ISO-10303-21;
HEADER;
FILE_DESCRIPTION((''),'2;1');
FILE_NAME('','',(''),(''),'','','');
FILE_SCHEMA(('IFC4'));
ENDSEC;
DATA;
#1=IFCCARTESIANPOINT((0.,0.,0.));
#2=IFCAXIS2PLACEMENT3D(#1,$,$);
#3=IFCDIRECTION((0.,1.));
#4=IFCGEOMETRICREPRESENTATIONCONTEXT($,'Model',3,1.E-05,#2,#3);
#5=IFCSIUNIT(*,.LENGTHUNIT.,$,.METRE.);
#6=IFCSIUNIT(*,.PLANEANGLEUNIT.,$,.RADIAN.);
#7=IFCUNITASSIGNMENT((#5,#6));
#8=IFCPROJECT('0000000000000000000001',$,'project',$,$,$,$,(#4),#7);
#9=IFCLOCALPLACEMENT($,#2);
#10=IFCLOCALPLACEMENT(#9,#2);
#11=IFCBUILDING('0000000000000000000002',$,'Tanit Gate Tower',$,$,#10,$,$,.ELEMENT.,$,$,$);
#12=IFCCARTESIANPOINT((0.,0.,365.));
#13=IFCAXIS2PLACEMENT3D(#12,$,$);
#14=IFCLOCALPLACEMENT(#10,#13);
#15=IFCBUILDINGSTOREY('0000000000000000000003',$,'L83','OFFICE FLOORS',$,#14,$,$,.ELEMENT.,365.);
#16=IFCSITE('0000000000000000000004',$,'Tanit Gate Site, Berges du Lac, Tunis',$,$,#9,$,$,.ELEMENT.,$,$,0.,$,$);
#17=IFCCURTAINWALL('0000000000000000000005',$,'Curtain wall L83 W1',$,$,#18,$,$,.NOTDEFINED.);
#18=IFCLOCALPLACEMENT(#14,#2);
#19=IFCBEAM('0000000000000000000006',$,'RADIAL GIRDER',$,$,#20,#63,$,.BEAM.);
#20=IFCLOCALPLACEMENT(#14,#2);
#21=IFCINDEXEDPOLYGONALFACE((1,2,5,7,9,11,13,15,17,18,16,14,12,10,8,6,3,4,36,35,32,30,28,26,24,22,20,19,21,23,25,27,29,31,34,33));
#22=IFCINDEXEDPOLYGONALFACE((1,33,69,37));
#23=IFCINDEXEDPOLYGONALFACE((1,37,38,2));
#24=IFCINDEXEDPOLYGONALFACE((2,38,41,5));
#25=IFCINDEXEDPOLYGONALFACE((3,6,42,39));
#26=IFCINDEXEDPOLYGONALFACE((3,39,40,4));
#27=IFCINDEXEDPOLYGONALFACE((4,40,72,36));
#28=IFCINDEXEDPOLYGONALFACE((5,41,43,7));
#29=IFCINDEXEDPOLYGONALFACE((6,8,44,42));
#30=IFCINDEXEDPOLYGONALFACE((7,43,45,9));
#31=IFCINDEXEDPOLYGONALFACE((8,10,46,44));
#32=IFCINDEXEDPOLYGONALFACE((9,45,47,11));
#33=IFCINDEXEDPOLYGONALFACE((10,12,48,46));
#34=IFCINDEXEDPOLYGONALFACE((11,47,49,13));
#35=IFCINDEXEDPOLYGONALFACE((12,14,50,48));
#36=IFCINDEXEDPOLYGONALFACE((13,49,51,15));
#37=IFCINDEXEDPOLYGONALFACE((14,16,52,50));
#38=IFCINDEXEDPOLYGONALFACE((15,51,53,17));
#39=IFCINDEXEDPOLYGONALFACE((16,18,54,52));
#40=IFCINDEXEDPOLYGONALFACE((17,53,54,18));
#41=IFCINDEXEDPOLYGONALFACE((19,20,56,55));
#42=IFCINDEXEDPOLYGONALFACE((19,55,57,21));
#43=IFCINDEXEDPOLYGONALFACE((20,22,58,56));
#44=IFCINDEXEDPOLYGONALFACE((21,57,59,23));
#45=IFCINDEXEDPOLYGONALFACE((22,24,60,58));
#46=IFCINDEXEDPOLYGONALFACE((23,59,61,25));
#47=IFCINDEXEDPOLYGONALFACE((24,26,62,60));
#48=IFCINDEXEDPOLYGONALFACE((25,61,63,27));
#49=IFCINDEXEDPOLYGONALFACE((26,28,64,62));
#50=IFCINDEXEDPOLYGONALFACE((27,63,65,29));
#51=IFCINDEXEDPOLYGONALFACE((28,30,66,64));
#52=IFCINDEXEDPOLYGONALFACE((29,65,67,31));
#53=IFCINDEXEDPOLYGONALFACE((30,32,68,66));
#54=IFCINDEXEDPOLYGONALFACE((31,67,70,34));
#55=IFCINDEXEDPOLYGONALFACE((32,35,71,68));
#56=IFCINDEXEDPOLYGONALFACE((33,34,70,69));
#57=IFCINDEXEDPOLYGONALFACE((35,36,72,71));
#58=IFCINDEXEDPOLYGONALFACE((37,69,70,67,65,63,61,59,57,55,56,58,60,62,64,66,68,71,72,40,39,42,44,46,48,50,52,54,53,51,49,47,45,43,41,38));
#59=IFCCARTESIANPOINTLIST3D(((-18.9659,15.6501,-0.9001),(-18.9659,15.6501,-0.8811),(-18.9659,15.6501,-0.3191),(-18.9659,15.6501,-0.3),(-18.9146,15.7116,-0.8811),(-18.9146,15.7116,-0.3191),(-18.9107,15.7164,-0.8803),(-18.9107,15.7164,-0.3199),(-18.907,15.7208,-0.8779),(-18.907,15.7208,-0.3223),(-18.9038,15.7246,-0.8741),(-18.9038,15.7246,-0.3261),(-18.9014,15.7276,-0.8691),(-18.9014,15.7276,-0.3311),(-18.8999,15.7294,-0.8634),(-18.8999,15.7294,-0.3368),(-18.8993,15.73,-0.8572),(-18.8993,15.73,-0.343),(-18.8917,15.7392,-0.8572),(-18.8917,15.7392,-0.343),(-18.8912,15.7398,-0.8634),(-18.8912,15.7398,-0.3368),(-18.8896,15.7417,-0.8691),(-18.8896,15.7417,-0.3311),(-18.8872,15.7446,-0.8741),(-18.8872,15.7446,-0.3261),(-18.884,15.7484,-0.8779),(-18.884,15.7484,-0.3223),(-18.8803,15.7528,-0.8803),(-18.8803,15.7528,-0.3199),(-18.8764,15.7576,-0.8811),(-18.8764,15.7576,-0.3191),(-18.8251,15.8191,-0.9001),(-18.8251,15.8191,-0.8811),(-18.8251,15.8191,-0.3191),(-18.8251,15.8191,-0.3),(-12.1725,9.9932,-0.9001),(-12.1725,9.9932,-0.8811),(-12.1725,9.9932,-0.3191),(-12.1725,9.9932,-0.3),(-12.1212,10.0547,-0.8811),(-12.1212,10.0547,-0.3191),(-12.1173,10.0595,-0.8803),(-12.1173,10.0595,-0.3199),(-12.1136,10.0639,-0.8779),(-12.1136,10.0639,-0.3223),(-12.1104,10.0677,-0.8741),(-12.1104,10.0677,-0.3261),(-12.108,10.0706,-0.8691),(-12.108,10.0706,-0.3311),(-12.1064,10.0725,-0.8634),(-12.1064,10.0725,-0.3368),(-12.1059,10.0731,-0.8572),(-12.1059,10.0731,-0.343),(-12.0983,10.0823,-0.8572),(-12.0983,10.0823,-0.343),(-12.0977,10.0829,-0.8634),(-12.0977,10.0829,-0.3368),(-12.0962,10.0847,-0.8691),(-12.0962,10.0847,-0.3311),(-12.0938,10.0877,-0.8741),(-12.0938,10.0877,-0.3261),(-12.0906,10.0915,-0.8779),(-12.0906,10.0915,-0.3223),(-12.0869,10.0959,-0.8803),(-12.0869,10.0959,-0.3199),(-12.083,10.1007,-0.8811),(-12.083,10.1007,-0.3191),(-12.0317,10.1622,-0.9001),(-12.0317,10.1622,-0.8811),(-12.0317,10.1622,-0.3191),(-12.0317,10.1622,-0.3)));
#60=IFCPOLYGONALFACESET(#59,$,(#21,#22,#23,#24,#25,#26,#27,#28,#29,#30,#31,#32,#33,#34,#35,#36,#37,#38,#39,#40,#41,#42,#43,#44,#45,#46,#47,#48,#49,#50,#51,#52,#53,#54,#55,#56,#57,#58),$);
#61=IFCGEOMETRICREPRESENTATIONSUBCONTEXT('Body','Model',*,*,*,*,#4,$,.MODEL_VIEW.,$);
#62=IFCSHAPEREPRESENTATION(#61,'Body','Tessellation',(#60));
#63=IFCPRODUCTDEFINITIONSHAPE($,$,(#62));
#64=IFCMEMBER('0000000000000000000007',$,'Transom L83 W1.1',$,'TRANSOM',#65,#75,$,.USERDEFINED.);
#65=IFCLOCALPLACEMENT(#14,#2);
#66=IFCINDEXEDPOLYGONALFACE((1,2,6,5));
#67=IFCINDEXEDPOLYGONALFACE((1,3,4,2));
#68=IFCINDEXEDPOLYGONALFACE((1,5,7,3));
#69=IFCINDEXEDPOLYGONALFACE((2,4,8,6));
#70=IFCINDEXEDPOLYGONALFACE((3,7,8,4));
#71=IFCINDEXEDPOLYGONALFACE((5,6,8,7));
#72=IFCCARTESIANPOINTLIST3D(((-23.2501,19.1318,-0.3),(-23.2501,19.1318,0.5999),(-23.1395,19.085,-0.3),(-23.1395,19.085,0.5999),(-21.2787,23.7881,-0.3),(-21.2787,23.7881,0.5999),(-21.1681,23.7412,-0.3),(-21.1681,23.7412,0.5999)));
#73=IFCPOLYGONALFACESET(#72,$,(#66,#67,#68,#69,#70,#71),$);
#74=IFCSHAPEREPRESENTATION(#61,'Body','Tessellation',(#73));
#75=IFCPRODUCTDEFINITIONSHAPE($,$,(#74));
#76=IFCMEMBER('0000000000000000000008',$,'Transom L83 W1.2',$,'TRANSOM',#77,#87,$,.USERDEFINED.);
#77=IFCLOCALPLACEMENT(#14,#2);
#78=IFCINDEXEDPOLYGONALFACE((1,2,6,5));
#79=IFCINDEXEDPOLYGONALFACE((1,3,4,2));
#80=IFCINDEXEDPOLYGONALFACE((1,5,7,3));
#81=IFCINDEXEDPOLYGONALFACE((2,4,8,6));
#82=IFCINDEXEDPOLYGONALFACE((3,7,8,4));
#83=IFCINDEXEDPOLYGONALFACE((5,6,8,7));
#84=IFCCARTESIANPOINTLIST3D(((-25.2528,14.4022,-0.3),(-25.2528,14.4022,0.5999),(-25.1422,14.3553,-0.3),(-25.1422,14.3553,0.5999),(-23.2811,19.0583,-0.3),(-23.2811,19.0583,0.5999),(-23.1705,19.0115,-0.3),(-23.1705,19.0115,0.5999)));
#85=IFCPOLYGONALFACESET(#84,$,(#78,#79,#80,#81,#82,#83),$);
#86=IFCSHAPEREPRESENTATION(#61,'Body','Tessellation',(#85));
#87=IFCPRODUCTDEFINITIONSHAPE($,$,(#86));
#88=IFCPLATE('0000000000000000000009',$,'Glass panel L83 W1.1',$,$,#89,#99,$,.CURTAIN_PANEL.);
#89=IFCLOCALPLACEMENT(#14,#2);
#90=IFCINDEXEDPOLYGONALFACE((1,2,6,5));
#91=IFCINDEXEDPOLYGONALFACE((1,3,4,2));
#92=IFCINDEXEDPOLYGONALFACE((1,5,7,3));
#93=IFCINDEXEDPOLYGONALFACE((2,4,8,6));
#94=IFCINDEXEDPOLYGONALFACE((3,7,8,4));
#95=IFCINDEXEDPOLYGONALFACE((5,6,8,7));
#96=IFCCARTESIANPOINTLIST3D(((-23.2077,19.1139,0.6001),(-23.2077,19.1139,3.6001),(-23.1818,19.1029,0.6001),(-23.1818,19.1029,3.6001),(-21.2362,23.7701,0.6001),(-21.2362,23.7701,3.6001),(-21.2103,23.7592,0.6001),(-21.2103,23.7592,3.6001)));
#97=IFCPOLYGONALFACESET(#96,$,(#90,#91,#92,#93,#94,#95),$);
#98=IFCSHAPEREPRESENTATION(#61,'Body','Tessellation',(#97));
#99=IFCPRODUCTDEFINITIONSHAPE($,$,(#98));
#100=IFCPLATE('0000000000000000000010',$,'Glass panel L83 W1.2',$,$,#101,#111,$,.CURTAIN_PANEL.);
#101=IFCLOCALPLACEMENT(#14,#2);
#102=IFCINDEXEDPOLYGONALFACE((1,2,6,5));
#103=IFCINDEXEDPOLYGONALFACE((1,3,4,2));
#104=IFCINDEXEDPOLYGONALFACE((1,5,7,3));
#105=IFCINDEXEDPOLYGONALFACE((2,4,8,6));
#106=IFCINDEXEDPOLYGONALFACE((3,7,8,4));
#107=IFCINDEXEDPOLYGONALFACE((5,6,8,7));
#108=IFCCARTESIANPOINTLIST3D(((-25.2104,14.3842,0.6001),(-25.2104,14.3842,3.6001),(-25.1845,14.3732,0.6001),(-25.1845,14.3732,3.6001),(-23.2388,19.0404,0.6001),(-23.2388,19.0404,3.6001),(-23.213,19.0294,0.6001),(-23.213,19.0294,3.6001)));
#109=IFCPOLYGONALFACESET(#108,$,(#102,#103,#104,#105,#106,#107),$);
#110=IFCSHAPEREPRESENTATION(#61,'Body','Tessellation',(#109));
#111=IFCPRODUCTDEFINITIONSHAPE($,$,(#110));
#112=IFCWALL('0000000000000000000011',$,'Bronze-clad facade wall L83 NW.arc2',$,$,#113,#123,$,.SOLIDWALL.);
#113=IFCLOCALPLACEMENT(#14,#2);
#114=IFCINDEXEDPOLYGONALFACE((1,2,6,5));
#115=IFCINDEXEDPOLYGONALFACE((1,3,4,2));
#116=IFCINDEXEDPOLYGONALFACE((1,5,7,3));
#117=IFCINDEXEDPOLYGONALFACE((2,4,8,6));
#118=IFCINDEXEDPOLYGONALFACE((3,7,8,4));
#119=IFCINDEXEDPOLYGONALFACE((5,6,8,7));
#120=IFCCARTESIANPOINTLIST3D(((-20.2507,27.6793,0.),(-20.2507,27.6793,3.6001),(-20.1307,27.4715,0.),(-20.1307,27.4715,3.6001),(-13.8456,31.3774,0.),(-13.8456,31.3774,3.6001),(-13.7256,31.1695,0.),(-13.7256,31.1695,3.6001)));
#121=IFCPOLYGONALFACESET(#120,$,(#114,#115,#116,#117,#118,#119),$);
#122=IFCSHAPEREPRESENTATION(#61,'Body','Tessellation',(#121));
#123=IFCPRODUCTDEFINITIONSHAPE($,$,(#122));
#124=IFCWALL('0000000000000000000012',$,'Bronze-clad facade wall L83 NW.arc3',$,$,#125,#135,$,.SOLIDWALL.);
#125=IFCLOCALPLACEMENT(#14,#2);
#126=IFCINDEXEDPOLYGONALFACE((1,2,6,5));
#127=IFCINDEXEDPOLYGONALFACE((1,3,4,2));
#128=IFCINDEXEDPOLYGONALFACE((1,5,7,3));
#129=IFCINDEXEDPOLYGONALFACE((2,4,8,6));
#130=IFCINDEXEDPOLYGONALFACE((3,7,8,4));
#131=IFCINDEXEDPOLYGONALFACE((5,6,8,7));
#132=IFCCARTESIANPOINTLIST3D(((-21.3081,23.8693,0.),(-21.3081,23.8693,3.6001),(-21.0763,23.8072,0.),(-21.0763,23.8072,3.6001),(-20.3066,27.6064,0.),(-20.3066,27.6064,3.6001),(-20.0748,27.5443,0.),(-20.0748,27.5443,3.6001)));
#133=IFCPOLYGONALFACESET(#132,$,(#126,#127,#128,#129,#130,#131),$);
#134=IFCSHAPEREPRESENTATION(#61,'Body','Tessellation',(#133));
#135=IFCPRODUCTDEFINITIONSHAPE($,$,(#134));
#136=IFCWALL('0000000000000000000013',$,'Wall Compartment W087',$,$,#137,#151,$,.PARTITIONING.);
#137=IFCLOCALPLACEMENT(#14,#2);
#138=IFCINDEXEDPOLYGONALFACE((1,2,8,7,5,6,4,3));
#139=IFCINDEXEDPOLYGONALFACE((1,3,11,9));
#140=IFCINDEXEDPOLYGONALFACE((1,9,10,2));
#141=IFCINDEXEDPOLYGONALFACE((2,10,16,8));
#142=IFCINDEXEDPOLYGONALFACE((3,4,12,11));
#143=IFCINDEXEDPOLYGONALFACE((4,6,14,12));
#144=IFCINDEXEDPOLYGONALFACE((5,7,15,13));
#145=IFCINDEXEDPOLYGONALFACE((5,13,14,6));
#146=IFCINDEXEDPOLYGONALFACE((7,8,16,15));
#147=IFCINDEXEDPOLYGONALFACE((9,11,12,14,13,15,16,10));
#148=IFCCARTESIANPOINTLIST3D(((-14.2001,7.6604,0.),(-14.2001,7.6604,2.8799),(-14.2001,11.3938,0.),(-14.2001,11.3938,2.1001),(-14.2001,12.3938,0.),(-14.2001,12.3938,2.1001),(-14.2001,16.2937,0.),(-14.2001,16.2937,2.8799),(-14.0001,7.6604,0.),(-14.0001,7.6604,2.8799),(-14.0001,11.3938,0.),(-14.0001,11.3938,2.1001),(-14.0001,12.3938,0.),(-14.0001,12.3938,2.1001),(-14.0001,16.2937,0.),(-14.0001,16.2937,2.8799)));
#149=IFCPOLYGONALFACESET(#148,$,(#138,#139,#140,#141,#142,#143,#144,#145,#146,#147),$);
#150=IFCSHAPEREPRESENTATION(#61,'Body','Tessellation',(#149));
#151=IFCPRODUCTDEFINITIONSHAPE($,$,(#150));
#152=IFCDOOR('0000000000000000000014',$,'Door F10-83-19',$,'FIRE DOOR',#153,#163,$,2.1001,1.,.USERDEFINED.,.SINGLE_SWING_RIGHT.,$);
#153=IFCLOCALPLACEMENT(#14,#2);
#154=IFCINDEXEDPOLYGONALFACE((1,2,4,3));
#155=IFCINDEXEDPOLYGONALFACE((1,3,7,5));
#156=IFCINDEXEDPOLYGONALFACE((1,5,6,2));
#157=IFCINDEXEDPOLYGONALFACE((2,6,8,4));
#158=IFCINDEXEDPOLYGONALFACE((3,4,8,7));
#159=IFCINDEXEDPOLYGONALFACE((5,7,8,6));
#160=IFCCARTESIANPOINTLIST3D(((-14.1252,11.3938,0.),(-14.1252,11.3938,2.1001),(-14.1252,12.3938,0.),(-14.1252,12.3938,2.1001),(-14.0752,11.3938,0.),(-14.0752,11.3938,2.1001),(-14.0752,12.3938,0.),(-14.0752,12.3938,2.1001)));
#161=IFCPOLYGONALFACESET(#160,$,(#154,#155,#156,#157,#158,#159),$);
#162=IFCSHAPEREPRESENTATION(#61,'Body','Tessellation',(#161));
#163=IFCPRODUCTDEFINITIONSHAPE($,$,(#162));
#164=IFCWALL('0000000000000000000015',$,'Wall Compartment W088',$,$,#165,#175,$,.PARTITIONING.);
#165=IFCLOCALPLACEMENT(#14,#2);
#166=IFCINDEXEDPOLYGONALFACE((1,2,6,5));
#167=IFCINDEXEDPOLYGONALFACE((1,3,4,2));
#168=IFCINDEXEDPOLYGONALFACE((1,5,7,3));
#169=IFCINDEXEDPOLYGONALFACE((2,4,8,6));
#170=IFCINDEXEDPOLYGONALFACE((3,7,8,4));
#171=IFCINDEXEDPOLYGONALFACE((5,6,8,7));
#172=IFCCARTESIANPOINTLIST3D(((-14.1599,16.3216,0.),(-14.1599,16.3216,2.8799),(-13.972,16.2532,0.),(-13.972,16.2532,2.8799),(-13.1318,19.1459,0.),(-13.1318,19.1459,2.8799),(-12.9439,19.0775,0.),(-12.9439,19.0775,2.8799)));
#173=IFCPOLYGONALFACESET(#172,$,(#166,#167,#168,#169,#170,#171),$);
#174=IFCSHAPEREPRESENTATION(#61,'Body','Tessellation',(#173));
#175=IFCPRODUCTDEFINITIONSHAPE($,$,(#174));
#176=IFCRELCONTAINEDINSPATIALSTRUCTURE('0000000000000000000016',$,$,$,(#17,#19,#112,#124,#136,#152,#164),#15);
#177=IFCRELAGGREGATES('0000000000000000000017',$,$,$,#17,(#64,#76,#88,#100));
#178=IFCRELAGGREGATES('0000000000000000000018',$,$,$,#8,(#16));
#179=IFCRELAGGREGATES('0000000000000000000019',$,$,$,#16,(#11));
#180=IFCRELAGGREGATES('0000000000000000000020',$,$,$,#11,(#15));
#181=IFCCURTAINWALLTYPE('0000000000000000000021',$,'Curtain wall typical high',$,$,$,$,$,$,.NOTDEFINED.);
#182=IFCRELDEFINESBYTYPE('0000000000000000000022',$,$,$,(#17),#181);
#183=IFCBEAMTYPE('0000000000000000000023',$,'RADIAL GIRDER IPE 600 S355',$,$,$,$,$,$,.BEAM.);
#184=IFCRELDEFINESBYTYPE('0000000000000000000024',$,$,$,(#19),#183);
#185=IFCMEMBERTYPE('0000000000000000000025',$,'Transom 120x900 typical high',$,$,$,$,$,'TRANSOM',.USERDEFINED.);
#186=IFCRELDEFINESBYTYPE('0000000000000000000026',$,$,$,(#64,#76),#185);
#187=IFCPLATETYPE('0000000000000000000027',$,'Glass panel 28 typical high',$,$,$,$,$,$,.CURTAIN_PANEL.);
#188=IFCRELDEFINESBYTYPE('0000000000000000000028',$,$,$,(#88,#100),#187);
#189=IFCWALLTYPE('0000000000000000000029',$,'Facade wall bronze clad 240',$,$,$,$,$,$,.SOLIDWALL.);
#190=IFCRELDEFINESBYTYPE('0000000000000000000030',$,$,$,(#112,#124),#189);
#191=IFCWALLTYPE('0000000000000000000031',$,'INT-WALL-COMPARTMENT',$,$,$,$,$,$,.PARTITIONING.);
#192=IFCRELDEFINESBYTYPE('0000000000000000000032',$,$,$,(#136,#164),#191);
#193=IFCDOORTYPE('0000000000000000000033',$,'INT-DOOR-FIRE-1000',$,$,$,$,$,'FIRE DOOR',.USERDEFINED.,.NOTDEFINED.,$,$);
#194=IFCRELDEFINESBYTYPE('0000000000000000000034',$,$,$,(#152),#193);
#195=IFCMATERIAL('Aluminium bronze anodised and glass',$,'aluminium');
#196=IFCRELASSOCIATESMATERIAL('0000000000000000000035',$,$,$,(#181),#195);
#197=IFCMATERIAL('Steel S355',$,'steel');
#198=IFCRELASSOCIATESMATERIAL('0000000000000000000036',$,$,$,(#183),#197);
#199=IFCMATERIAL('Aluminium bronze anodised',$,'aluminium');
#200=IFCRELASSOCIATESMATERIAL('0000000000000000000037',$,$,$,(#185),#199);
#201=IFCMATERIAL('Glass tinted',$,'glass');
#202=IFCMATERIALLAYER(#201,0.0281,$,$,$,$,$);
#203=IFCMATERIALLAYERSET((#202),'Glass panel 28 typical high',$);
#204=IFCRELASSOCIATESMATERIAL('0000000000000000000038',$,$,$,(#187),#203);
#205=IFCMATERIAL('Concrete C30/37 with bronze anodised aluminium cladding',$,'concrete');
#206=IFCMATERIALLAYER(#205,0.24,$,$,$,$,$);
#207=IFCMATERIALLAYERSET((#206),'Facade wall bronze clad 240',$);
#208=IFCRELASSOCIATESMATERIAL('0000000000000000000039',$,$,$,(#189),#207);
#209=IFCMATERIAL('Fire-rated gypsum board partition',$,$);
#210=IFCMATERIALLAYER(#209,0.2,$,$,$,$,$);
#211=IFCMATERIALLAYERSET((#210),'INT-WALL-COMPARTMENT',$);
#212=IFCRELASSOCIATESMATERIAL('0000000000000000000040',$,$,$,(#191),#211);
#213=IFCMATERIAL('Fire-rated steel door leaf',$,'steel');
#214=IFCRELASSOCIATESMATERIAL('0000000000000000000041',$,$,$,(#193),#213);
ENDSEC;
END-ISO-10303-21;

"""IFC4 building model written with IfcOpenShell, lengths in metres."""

from ifc_helpers import new_model, si_unit, direction, frame, frame_2d, origin, origin_2d, place, context, subcontext, project, spatial, rectangle, i_section, extrude, material, layer, layer_set, material_profile, profile_set, type_object, element, fill, aggregate, save


model = new_model("IFC4")

# Units and contexts
model_context = context("Model", 3, precision=1e-05, world=origin(), true_north=direction((0.0, 1.0)))
body_context = subcontext(model_context, "Body", "Model", "MODEL_VIEW")
ifc_project = project(units=[si_unit("LENGTHUNIT", "METRE"), si_unit("PLANEANGLEUNIT", "RADIAN")], contexts=[model_context])

# Site, building, storey
site_placement = place(None, origin())
site = spatial("IfcSite", under=ifc_project, at=site_placement, Name="Tanit Gate Site, Berges du Lac, Tunis", CompositionType="ELEMENT", RefElevation=0.0)
building_placement = place(site_placement, origin())
building = spatial("IfcBuilding", under=site, at=building_placement, Name="Tanit Gate Tower", CompositionType="ELEMENT")
storey_placement = place(building_placement, frame((0.0, 0.0, 365.0)))
storey = spatial("IfcBuildingStorey", under=building, at=storey_placement, Name="L83", Description="OFFICE FLOORS", CompositionType="ELEMENT", Elevation=365.0)

# Curtain wall
ifc_material_1 = material(Name="Aluminium bronze anodised and glass", Category="aluminium")
curtain_wall_type = type_object("IfcCurtainWallType", Name="Curtain wall typical high", PredefinedType="NOTDEFINED", material=ifc_material_1)
curtain_wall_placement = place(storey_placement, origin())
curtain_wall = element("IfcCurtainWall", 1, at=curtain_wall_placement, inside=storey, type_object=curtain_wall_type, Name="Curtain wall L83 W1", PredefinedType="NOTDEFINED")

# Beam
ifc_material_2 = material(Name="Steel S355", Category="steel")
ifc_material_profile_1 = material_profile(ifc_material_2, i_section(OverallWidth=0.22, OverallDepth=0.6001, WebThickness=0.012, FlangeThickness=0.019, FilletRadius=0.0239, at=origin_2d()), Name="IPE 600")
ifc_profile_set_1 = profile_set([ifc_material_profile_1], Name="Steel S355")
beam_type_1 = type_object("IfcBeamType", Name="RADIAL GIRDER IPE 600 S355", PredefinedType="BEAM", material=ifc_profile_set_1)
beam_1_placement = place(storey_placement, frame((-18.8955, 15.7346, -0.6001), z_axis=(0.768457, -0.639902, 0.0), x_axis=(0.639902, 0.768457, 0.0)))
element("IfcBeam", 2, at=beam_1_placement, inside=storey, type_object=beam_type_1, Name="RADIAL GIRDER", PredefinedType="BEAM", context=body_context, shape_type="SweptSolid", body=[
    extrude(i_section(OverallWidth=0.22, OverallDepth=0.6001, WebThickness=0.012, FlangeThickness=0.019, FilletRadius=0.0239, at=origin_2d()), origin(), (0.0, 0.0, 1.0), 8.8403),
])

# Members
ifc_material_3 = material(Name="Aluminium bronze anodised", Category="aluminium")
ifc_material_profile_2 = material_profile(ifc_material_3, rectangle(XDim=0.1201, YDim=0.8999, at=origin_2d()), Name="120x900 bronze transom")
ifc_profile_set_2 = profile_set([ifc_material_profile_2], Name="Aluminium bronze anodised")
member_type_1 = type_object("IfcMemberType", Name="Transom 120x900 typical high", ElementType="TRANSOM", PredefinedType="USERDEFINED", material=ifc_profile_set_2)
member_1_placement = place(storey_placement, frame((-21.2234, 23.7646, 0.1499), z_axis=(-0.389889, -0.920862, 0.0), x_axis=(0.920862, -0.389889, 0.0)))
member_1 = element("IfcMember", 3, at=member_1_placement, type_object=member_type_1, Name="Transom L83 W1.1", ObjectType="TRANSOM", PredefinedType="USERDEFINED", context=body_context, shape_type="SweptSolid", body=[
    extrude(rectangle(XDim=0.1201, YDim=0.8999, at=origin_2d()), origin(), (0.0, 0.0, 1.0), 5.0564),
])
member_2_placement = place(storey_placement, frame((-23.2258, 19.0349, 0.1499), z_axis=(-0.38993, -0.920845, 0.0), x_axis=(0.920845, -0.38993, 0.0)))
member_2 = element("IfcMember", 4, at=member_2_placement, type_object=member_type_1, Name="Transom L83 W1.2", ObjectType="TRANSOM", PredefinedType="USERDEFINED", context=body_context, shape_type="SweptSolid", body=[
    extrude(rectangle(XDim=0.1201, YDim=0.8999, at=origin_2d()), origin(), (0.0, 0.0, 1.0), 5.0564),
])

# Plates
ifc_material_4 = material(Name="Glass tinted", Category="glass")
ifc_layer_1 = layer(ifc_material_4, 0.0281)
ifc_layer_set_1 = layer_set([ifc_layer_1], Name="Glass panel 28 typical high")
plate_type = type_object("IfcPlateType", Name="Glass panel 28 typical high", PredefinedType="CURTAIN_PANEL", material=ifc_layer_set_1)
plate_1_placement = place(storey_placement, frame((-22.209, 21.4365, 0.6001), z_axis=(0.0, 0.0, 1.0), x_axis=(-0.389906, -0.920855, 0.0)))
plate_1 = element("IfcPlate", 5, at=plate_1_placement, type_object=plate_type, Name="Glass panel L83 W1.1", PredefinedType="CURTAIN_PANEL", context=body_context, shape_type="SweptSolid", body=[
    extrude(rectangle(XDim=5.0564, YDim=0.0281, at=origin_2d()), origin(), (0.0, 0.0, 1.0), 3.0),
])
plate_2_placement = place(storey_placement, frame((-24.2117, 16.7068, 0.6001), z_axis=(0.0, 0.0, 1.0), x_axis=(-0.389906, -0.920855, 0.0)))
plate_2 = element("IfcPlate", 6, at=plate_2_placement, type_object=plate_type, Name="Glass panel L83 W1.2", PredefinedType="CURTAIN_PANEL", context=body_context, shape_type="SweptSolid", body=[
    extrude(rectangle(XDim=5.0564, YDim=0.0281, at=origin_2d()), origin(), (0.0, 0.0, 1.0), 3.0),
])
aggregate(curtain_wall, [member_1, member_2, plate_1, plate_2])

# Walls
ifc_material_5 = material(Name="Concrete C30/37 with bronze anodised aluminium cladding", Category="concrete")
ifc_layer_2 = layer(ifc_material_5, 0.24)
ifc_layer_set_2 = layer_set([ifc_layer_2], Name="Facade wall bronze clad 240")
wall_type_1 = type_object("IfcWallType", Name="Facade wall bronze clad 240", PredefinedType="SOLIDWALL", material=ifc_layer_set_2)
wall_1_placement = place(storey_placement, frame((-13.7856, 31.2734, 0.0), z_axis=(0.0, 0.0, 1.0), x_axis=(-0.866022, -0.500005, 0.0)))
element("IfcWall", 7, at=wall_1_placement, inside=storey, type_object=wall_type_1, Name="Bronze-clad facade wall L83 NW.arc2", PredefinedType="SOLIDWALL", context=body_context, shape_type="SweptSolid", body=[
    extrude(rectangle(XDim=7.396, YDim=0.24, at=frame_2d((3.698, 0.0))), origin(), (0.0, 0.0, 1.0), 3.6001),
])
wall_2_placement = place(storey_placement, frame((-20.1907, 27.5754, 0.0), z_axis=(0.0, 0.0, 1.0), x_axis=(-0.258849, -0.965918, 0.0)))
element("IfcWall", 8, at=wall_2_placement, inside=storey, type_object=wall_type_1, Name="Bronze-clad facade wall L83 NW.arc3", PredefinedType="SOLIDWALL", context=body_context, shape_type="SweptSolid", body=[
    extrude(rectangle(XDim=3.8689, YDim=0.24, at=frame_2d((1.9346, 0.0))), origin(), (0.0, 0.0, 1.0), 3.6001),
])

# Wall, opening, door
ifc_material_6 = material(Name="Fire-rated gypsum board partition")
ifc_layer_3 = layer(ifc_material_6, 0.2)
ifc_layer_set_3 = layer_set([ifc_layer_3], Name="INT-WALL-COMPARTMENT")
wall_type_2 = type_object("IfcWallType", Name="INT-WALL-COMPARTMENT", PredefinedType="PARTITIONING", material=ifc_layer_set_3)
wall_3_placement = place(storey_placement, frame((-14.1001, 16.2937, 0.0), z_axis=(0.0, 0.0, 1.0), x_axis=(0.0, -1.0, 0.0)))
wall_3 = element("IfcWall", 9, at=wall_3_placement, inside=storey, type_object=wall_type_2, Name="Wall Compartment W087", PredefinedType="PARTITIONING", context=body_context, shape_type="SweptSolid", body=[
    extrude(rectangle(XDim=8.6333, YDim=0.2, at=frame_2d((4.3167, 0.0))), origin(), (0.0, 0.0, 1.0), 2.8799),
])
opening_placement = place(wall_3_placement, frame((3.8999, 0.0, 0.0)))
opening = element("IfcOpeningElement", 10, at=opening_placement, cuts=wall_3, PredefinedType="OPENING", context=body_context, shape_type="SweptSolid", body=[
    extrude(rectangle(XDim=1.0, YDim=2.1001, at=frame_2d((0.5, 1.05))), frame((0.0, 0.1099, 0.0), z_axis=(0.0, -1.0, 0.0), x_axis=(1.0, 0.0, 0.0)), (0.0, 0.0, 1.0), 0.22),
])
ifc_material_7 = material(Name="Fire-rated steel door leaf", Category="steel")
door_type = type_object("IfcDoorType", Name="INT-DOOR-FIRE-1000", ElementType="FIRE DOOR", OperationType="NOTDEFINED", PredefinedType="USERDEFINED", material=ifc_material_7)
door_placement = place(opening_placement, origin())
door = element("IfcDoor", 11, at=door_placement, inside=storey, type_object=door_type, Name="Door F10-83-19", ObjectType="FIRE DOOR", OperationType="SINGLE_SWING_RIGHT", OverallHeight=2.1001, OverallWidth=1.0, PredefinedType="USERDEFINED", context=body_context, shape_type="SweptSolid", body=[
    extrude(rectangle(XDim=1.0, YDim=2.1001, at=frame_2d((0.5, 1.05))), frame((0.0, 0.0249, 0.0), z_axis=(0.0, -1.0, 0.0), x_axis=(1.0, 0.0, 0.0)), (0.0, 0.0, 1.0), 0.05),
])
fill(opening, door)

# Wall
wall_4_placement = place(storey_placement, frame((-13.0378, 19.1118, 0.0), z_axis=(0.0, 0.0, 1.0), x_axis=(-0.342063, -0.939677, 0.0)))
element("IfcWall", 12, at=wall_4_placement, inside=storey, type_object=wall_type_2, Name="Wall Compartment W088", PredefinedType="PARTITIONING", context=body_context, shape_type="SweptSolid", body=[
    extrude(rectangle(XDim=3.0056, YDim=0.2, at=frame_2d((1.5029, 0.0))), origin(), (0.0, 0.0, 1.0), 2.8799),
])

save(model, "model.ifc")
